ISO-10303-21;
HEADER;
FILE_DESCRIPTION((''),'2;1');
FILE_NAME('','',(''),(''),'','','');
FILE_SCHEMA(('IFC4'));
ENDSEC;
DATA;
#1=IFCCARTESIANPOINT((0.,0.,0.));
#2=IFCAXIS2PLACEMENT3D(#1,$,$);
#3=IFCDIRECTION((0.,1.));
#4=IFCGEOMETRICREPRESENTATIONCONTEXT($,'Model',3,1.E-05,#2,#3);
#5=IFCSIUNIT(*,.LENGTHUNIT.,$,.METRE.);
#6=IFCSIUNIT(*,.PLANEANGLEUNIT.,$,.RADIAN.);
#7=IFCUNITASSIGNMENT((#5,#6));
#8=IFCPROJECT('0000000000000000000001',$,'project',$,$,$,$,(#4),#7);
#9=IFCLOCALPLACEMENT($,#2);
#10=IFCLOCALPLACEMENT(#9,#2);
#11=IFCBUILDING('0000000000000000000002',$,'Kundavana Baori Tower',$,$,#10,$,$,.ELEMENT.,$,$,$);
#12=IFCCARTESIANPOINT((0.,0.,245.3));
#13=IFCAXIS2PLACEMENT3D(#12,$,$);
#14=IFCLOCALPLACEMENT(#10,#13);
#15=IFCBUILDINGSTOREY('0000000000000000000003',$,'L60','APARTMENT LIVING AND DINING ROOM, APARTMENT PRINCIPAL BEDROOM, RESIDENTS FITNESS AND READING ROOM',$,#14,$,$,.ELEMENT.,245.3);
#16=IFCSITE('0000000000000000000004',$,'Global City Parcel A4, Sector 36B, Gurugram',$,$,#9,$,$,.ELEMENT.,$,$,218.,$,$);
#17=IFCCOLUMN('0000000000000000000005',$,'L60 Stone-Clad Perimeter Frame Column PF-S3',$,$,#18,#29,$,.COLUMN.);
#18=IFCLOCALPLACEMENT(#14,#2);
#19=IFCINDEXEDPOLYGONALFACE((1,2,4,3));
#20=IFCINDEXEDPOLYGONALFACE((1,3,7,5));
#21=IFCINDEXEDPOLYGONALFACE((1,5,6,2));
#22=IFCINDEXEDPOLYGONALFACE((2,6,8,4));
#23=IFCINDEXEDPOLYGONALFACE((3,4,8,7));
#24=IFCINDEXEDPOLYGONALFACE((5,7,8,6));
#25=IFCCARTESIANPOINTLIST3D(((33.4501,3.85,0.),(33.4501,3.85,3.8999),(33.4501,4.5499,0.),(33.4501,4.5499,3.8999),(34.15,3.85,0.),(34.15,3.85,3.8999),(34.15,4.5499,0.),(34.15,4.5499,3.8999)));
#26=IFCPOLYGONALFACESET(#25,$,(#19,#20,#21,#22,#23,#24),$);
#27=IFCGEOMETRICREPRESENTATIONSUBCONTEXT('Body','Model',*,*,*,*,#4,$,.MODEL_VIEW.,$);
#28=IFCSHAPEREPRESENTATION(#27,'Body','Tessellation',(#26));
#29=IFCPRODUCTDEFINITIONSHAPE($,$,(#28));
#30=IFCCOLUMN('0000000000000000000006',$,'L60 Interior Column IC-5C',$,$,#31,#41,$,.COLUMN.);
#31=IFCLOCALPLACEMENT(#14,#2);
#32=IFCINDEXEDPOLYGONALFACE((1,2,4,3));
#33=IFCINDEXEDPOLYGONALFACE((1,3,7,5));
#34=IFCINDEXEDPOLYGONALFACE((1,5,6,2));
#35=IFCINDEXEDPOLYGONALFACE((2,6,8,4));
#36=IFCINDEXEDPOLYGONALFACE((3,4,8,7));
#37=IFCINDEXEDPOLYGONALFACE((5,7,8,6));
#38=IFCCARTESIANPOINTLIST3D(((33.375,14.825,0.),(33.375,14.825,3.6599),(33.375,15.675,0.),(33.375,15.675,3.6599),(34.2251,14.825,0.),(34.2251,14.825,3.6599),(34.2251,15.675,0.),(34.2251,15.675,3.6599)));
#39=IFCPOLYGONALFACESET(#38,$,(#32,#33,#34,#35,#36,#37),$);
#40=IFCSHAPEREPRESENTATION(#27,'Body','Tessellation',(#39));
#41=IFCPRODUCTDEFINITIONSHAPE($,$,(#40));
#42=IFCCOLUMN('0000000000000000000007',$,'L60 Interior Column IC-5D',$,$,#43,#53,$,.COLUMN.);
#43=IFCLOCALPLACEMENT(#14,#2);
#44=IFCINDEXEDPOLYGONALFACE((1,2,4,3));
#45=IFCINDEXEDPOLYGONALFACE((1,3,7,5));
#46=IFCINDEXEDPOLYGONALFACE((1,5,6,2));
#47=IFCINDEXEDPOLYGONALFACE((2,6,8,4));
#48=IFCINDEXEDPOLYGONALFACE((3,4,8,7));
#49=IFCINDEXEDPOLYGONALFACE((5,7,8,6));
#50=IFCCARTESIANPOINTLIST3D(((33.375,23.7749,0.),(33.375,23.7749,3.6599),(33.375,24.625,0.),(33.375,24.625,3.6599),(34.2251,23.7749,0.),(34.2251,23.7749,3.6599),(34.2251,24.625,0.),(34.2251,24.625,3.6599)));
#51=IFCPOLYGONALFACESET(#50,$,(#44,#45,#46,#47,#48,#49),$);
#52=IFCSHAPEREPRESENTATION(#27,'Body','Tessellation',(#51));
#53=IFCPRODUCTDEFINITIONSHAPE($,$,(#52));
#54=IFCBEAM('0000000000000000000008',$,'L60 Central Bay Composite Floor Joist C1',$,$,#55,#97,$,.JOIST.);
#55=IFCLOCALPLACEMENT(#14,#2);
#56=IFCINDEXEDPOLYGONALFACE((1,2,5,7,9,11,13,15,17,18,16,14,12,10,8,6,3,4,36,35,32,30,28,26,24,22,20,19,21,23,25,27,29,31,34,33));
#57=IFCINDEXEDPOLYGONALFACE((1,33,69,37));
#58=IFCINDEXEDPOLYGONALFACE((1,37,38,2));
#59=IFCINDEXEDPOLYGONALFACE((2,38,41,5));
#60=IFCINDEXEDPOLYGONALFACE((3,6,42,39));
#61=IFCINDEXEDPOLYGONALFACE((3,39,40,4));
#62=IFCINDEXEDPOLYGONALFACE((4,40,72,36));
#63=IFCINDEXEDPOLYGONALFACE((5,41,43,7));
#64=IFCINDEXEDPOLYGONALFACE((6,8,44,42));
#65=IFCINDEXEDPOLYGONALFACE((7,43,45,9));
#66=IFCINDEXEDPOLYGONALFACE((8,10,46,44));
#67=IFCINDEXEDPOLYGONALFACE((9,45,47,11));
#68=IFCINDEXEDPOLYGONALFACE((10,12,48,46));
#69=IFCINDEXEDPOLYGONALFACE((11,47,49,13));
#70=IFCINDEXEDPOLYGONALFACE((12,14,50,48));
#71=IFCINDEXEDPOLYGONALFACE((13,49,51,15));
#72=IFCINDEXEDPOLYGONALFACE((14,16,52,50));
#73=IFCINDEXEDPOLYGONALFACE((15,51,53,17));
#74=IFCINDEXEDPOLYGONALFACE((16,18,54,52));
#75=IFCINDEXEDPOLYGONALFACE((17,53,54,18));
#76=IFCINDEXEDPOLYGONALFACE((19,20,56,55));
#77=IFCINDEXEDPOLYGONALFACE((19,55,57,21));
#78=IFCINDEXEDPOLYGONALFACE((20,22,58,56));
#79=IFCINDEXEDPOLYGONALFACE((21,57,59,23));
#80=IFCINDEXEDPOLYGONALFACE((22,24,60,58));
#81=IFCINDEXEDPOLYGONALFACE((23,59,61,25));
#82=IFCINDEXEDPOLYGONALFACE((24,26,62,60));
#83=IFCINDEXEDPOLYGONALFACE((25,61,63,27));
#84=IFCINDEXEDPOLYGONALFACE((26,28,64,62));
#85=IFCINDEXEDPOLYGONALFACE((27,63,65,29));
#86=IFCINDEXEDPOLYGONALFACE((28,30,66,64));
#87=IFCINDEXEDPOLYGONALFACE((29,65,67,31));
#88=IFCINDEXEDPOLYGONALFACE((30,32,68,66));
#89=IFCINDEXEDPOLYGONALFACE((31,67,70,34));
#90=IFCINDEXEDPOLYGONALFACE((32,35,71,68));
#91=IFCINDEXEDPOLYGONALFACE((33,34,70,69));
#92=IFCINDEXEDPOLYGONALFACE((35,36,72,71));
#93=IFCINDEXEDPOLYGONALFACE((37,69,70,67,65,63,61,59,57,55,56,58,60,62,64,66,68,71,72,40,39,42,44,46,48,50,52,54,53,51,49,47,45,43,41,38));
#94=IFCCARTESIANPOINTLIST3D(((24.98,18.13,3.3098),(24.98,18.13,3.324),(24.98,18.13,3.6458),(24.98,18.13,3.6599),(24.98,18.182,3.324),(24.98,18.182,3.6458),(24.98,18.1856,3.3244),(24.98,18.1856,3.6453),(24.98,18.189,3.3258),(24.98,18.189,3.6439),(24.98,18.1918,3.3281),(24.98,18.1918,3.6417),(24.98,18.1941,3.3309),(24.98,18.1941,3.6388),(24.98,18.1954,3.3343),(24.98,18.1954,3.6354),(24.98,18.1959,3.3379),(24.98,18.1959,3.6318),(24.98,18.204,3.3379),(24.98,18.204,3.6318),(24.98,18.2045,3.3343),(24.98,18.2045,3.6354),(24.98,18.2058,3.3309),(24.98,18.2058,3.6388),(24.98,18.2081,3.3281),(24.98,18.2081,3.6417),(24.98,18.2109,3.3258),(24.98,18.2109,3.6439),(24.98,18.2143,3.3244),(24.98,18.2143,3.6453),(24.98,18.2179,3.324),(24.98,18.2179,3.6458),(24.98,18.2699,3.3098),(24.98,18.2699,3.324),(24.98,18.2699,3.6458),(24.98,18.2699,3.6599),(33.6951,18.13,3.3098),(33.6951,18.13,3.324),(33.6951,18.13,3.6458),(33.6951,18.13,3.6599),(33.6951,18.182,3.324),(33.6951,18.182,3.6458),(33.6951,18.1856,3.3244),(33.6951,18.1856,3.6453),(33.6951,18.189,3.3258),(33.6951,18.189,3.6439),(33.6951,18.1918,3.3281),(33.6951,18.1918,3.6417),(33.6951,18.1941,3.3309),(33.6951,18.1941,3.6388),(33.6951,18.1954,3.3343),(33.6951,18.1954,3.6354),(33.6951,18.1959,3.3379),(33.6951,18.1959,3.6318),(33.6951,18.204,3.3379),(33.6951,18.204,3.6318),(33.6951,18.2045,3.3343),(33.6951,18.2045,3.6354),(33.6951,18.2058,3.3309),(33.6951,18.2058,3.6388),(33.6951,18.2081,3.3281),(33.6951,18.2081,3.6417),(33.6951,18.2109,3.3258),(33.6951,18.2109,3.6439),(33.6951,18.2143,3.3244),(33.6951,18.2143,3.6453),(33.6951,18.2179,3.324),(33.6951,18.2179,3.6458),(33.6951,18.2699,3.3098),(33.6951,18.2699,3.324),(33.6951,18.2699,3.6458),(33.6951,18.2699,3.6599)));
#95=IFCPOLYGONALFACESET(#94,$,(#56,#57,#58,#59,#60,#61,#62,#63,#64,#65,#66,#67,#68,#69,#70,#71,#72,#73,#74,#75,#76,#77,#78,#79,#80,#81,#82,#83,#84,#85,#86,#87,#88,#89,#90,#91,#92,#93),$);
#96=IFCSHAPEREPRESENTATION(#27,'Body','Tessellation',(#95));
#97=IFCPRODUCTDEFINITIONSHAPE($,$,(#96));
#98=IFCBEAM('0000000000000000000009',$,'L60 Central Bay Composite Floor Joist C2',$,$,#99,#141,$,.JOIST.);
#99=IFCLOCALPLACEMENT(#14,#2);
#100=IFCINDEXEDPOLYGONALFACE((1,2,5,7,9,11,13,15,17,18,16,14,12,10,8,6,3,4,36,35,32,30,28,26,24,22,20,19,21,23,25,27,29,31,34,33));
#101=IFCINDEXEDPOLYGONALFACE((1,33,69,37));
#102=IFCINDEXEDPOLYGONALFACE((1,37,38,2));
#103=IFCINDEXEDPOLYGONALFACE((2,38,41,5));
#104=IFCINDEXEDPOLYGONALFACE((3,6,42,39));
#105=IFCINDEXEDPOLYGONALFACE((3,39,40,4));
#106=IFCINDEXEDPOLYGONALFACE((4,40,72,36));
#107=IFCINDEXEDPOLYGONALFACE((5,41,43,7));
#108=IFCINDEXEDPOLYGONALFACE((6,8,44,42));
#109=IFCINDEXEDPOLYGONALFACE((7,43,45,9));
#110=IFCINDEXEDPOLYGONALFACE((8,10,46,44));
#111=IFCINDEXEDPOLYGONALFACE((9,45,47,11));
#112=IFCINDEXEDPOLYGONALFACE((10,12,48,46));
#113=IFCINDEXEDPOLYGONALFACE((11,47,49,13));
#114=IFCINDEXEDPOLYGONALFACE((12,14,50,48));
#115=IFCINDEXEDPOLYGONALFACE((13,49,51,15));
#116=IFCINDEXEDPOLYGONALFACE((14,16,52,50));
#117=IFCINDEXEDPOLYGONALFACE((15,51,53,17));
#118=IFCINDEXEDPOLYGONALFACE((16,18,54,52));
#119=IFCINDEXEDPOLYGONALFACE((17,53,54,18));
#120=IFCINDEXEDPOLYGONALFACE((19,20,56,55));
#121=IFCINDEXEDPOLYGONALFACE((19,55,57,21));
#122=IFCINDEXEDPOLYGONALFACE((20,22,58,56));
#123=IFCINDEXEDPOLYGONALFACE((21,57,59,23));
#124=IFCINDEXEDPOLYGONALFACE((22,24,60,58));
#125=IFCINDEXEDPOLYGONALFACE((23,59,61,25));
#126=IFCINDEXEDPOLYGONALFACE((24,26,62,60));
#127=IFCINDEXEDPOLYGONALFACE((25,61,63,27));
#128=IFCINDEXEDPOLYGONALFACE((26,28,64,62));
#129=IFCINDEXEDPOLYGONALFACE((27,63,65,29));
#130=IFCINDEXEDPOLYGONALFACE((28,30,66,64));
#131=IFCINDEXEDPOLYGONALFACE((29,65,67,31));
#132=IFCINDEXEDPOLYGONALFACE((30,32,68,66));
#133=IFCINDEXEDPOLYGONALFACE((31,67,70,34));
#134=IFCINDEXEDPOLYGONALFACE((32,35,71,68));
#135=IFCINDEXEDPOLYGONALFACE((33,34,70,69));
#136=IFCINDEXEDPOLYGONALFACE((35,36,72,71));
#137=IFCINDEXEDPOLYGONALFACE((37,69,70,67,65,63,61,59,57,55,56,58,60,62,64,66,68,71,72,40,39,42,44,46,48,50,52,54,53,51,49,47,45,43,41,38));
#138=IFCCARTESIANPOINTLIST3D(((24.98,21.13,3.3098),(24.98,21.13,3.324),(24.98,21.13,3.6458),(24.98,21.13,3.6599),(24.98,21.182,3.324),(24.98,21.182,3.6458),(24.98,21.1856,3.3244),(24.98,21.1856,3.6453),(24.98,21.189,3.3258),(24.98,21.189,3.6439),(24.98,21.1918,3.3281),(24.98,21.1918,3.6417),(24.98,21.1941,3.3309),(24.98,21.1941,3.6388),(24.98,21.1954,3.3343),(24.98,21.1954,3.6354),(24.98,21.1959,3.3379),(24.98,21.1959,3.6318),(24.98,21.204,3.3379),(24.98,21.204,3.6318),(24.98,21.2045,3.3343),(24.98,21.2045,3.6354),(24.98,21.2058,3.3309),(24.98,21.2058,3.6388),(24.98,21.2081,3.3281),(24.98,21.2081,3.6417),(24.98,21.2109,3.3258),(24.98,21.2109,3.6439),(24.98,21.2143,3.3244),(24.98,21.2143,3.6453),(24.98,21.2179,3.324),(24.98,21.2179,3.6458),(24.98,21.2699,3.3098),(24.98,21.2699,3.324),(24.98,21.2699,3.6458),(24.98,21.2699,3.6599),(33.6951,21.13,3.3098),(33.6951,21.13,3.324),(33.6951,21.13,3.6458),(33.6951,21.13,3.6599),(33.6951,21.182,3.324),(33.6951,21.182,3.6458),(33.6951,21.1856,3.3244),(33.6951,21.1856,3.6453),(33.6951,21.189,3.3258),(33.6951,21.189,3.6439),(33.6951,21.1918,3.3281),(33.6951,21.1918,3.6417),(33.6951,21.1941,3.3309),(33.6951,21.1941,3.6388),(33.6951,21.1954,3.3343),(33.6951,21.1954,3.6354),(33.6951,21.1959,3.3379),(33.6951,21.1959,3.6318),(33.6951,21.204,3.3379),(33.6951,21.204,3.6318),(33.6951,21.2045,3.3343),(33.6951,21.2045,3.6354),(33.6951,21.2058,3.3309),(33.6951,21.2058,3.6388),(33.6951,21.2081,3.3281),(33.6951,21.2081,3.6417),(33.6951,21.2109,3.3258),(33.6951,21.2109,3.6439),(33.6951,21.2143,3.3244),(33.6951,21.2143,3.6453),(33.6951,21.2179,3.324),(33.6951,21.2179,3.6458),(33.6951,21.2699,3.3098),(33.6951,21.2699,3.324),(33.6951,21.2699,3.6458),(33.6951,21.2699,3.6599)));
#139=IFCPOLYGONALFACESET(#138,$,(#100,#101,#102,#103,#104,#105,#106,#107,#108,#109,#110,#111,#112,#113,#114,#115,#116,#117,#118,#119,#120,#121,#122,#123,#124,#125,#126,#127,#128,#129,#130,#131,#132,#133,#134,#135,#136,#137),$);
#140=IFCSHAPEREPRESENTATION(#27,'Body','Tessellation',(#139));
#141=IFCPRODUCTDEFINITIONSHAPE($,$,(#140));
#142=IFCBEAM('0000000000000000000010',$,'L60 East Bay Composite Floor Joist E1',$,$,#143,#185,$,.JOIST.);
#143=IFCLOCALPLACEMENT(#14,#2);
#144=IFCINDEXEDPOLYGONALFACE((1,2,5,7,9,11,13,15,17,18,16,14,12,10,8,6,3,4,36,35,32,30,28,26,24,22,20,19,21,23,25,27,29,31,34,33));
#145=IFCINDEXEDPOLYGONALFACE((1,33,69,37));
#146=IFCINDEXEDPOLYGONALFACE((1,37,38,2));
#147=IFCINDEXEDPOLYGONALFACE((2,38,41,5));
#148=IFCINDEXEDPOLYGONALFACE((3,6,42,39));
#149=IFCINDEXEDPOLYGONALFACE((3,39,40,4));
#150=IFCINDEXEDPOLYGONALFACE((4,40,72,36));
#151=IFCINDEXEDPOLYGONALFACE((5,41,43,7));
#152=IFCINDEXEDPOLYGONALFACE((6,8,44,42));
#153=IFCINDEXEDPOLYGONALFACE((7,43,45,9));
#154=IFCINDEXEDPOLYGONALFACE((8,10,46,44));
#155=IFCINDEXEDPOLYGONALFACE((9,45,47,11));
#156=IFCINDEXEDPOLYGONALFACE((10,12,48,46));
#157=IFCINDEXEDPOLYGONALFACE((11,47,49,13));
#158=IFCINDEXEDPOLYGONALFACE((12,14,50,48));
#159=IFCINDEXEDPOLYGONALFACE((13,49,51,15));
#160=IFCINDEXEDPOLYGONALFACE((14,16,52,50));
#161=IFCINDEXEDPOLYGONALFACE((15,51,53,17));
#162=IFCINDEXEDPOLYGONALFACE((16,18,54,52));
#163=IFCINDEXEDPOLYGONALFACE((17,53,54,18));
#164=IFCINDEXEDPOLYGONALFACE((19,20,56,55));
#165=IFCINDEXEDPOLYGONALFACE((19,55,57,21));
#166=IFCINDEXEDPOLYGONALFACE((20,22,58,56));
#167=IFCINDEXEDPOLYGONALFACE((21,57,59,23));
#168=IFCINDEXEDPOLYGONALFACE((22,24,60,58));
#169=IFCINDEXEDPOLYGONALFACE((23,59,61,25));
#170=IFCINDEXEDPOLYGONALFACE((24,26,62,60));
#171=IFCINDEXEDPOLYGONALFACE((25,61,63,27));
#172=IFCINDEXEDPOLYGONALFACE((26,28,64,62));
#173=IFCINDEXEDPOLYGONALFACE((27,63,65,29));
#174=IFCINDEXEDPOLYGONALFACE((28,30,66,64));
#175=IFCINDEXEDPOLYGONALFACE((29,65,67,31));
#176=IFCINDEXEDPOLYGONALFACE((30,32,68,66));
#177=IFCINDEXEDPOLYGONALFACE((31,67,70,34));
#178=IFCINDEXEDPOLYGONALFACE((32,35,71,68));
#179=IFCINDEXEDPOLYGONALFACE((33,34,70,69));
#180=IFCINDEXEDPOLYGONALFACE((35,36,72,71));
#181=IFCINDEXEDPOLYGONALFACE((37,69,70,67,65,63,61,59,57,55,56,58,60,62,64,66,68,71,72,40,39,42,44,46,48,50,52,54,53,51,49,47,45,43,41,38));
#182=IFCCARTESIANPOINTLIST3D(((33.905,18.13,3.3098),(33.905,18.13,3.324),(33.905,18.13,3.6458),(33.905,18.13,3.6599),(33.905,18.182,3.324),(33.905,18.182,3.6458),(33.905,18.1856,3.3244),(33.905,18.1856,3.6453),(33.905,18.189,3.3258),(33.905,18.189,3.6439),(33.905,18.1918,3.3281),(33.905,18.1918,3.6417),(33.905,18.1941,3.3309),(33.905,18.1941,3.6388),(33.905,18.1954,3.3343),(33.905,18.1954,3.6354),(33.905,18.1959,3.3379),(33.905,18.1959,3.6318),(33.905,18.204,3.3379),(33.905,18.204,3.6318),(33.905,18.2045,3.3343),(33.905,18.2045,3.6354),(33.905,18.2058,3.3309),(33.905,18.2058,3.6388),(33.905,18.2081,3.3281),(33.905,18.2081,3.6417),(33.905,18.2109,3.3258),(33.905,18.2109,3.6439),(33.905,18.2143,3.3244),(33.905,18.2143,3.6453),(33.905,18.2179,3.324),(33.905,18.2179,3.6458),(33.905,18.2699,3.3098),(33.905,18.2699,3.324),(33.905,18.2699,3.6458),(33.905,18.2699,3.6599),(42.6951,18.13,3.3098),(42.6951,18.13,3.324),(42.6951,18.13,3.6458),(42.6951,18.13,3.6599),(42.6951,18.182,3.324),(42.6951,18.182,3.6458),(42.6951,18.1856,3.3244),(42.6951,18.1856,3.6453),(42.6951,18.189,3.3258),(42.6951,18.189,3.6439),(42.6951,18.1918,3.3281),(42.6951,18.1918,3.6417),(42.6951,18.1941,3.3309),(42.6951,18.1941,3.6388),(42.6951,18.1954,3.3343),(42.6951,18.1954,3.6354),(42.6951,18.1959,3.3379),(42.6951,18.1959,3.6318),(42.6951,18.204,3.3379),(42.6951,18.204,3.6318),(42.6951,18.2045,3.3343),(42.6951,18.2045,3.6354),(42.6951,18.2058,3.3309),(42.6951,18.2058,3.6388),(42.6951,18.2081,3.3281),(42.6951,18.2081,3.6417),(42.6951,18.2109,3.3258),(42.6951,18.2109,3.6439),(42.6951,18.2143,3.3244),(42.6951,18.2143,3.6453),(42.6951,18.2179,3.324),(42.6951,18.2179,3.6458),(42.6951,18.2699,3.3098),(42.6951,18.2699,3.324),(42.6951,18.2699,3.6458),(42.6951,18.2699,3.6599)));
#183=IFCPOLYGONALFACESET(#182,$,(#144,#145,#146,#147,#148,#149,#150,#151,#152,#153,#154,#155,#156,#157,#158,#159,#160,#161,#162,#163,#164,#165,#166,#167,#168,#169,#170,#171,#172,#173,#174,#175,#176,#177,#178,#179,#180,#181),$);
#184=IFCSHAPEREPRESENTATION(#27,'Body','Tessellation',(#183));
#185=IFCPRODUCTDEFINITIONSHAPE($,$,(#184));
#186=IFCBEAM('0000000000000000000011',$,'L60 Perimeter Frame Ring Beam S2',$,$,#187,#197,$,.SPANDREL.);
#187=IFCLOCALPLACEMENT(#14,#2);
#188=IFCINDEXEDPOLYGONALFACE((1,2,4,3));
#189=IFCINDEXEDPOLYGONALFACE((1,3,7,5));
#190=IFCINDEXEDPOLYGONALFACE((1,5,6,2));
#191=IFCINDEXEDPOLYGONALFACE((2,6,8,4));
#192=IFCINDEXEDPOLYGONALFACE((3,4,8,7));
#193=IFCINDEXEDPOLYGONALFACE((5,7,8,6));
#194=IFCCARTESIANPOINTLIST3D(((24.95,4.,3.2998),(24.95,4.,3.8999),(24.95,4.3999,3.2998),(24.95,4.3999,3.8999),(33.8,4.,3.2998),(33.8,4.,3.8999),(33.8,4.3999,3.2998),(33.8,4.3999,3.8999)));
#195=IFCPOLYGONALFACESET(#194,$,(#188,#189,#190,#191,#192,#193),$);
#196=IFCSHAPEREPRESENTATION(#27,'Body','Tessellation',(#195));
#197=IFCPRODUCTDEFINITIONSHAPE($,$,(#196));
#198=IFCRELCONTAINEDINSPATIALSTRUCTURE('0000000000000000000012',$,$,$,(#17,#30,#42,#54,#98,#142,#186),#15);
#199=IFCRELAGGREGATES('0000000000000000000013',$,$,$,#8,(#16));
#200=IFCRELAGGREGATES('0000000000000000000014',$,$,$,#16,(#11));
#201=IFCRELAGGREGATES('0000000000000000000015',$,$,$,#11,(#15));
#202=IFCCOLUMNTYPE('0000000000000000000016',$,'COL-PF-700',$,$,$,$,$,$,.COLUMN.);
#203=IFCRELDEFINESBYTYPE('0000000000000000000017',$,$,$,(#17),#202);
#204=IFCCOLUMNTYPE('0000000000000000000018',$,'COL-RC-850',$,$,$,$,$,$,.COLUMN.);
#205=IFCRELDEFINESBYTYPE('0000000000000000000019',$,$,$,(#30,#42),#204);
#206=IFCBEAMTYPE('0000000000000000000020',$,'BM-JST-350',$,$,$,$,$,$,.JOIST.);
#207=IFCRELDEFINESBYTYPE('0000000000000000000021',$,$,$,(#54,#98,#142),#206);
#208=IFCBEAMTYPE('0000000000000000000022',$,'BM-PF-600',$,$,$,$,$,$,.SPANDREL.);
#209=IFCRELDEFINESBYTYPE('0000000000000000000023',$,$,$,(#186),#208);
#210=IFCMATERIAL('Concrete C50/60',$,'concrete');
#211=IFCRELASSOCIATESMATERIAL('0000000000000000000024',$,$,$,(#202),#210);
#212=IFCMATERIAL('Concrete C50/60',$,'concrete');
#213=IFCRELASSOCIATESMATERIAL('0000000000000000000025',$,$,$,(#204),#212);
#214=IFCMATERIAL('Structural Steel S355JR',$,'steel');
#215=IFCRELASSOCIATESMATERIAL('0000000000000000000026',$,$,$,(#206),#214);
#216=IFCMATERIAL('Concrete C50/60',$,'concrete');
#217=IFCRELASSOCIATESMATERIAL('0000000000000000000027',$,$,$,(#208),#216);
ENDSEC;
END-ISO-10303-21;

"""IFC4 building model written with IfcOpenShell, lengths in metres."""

from ifc_helpers import new_model, si_unit, direction, frame, origin, origin_2d, place, context, subcontext, project, spatial, rectangle, i_section, extrude, material, material_profile, profile_set, type_object, element, save


model = new_model("IFC4")

# Units and contexts
model_context = context("Model", 3, precision=1e-05, world=origin(), true_north=direction((0.0, 1.0)))
body_context = subcontext(model_context, "Body", "Model", "MODEL_VIEW")
ifc_project = project(units=[si_unit("LENGTHUNIT", "METRE"), si_unit("PLANEANGLEUNIT", "RADIAN")], contexts=[model_context])

# Site, building, storey
site_placement = place(None, origin())
site = spatial("IfcSite", under=ifc_project, at=site_placement, Name="Global City Parcel A4, Sector 36B, Gurugram", CompositionType="ELEMENT", RefElevation=218.0)
building_placement = place(site_placement, origin())
building = spatial("IfcBuilding", under=site, at=building_placement, Name="Kundavana Baori Tower", CompositionType="ELEMENT")
storey_placement = place(building_placement, frame((0.0, 0.0, 245.3)))
storey = spatial("IfcBuildingStorey", under=building, at=storey_placement, Name="L60", Description="APARTMENT LIVING AND DINING ROOM, APARTMENT PRINCIPAL BEDROOM, RESIDENTS FITNESS AND READING ROOM", CompositionType="ELEMENT", Elevation=245.3)

# Columns
ifc_material_1 = material(Name="Concrete C50/60", Category="concrete")
ifc_material_profile_1 = material_profile(ifc_material_1, rectangle(XDim=0.7, YDim=0.7, at=origin_2d()), Name="RC PF 700x700")
ifc_profile_set_1 = profile_set([ifc_material_profile_1], Name="Concrete C50/60")
column_type_1 = type_object("IfcColumnType", Name="COL-PF-700", PredefinedType="COLUMN", material=ifc_profile_set_1)
column_placement = place(storey_placement, frame((33.8, 4.2, 0.0), z_axis=(0.0, 0.0, 1.0), x_axis=(1.0, 0.0, 0.0)))
element("IfcColumn", 1, at=column_placement, inside=storey, type_object=column_type_1, Name="L60 Stone-Clad Perimeter Frame Column PF-S3", PredefinedType="COLUMN", context=body_context, shape_type="SweptSolid", body=[
    extrude(rectangle(XDim=0.7, YDim=0.7, at=origin_2d()), origin(), (0.0, 0.0, 1.0), 3.8999),
])
ifc_material_2 = material(Name="Concrete C50/60", Category="concrete")
ifc_material_profile_2 = material_profile(ifc_material_2, rectangle(XDim=0.8501, YDim=0.8501, at=origin_2d()), Name="RC 850x850")
ifc_profile_set_2 = profile_set([ifc_material_profile_2], Name="Concrete C50/60")
column_type_2 = type_object("IfcColumnType", Name="COL-RC-850", PredefinedType="COLUMN", material=ifc_profile_set_2)
for number, where, z_axis, x_axis, name in (
    (2, (33.8, 15.25, 0.0), (0.0, 0.0, 1.0), (1.0, 0.0, 0.0), "L60 Interior Column IC-5C"),
    (3, (33.8, 24.2, 0.0), (0.0, 0.0, 1.0), (1.0, 0.0, 0.0), "L60 Interior Column IC-5D"),
):
    element("IfcColumn", number, at=place(storey_placement, frame(where, z_axis=z_axis, x_axis=x_axis)), inside=storey, type_object=column_type_2, Name=name, PredefinedType="COLUMN", context=body_context, shape_type="SweptSolid", body=[
        extrude(rectangle(XDim=0.8501, YDim=0.8501, at=origin_2d()), origin(), (0.0, 0.0, 1.0), 3.6599),
    ])

# Beams
ifc_material_3 = material(Name="Structural Steel S355JR", Category="steel")
ifc_material_profile_3 = material_profile(ifc_material_3, i_section(OverallWidth=0.1399, OverallDepth=0.3501, WebThickness=0.0081, FlangeThickness=0.0142, FilletRadius=0.0139, at=origin_2d()), Name="ISMB 350")
ifc_profile_set_3 = profile_set([ifc_material_profile_3], Name="Structural Steel S355JR")
beam_type_1 = type_object("IfcBeamType", Name="BM-JST-350", PredefinedType="JOIST", material=ifc_profile_set_3)
for number, where, z_axis, x_axis, name in (
    (4, (24.98, 18.2, 3.4849), (1.0, 0.0, 0.0), (0.0, 1.0, 0.0), "L60 Central Bay Composite Floor Joist C1"),
    (5, (24.98, 21.2, 3.4849), (1.0, 0.0, 0.0), (0.0, 1.0, 0.0), "L60 Central Bay Composite Floor Joist C2"),
):
    element("IfcBeam", number, at=place(storey_placement, frame(where, z_axis=z_axis, x_axis=x_axis)), inside=storey, type_object=beam_type_1, Name=name, PredefinedType="JOIST", context=body_context, shape_type="SweptSolid", body=[
        extrude(i_section(OverallWidth=0.1399, OverallDepth=0.3501, WebThickness=0.0081, FlangeThickness=0.0142, FilletRadius=0.0139, at=origin_2d()), origin(), (0.0, 0.0, 1.0), 8.7151),
    ])
beam_1_placement = place(storey_placement, frame((33.905, 18.2, 3.4849), z_axis=(1.0, 0.0, 0.0), x_axis=(0.0, 1.0, 0.0)))
element("IfcBeam", 6, at=beam_1_placement, inside=storey, type_object=beam_type_1, Name="L60 East Bay Composite Floor Joist E1", PredefinedType="JOIST", context=body_context, shape_type="SweptSolid", body=[
    extrude(i_section(OverallWidth=0.1399, OverallDepth=0.3501, WebThickness=0.0081, FlangeThickness=0.0142, FilletRadius=0.0139, at=origin_2d()), origin(), (0.0, 0.0, 1.0), 8.79),
])
ifc_material_4 = material(Name="Concrete C50/60", Category="concrete")
ifc_material_profile_4 = material_profile(ifc_material_4, rectangle(XDim=0.3999, YDim=0.6001, at=origin_2d()), Name="RC BM 400x600")
ifc_profile_set_4 = profile_set([ifc_material_profile_4], Name="Concrete C50/60")
beam_type_2 = type_object("IfcBeamType", Name="BM-PF-600", PredefinedType="SPANDREL", material=ifc_profile_set_4)
beam_2_placement = place(storey_placement, frame((24.95, 4.2, 3.5999), z_axis=(1.0, 0.0, 0.0), x_axis=(0.0, 1.0, 0.0)))
element("IfcBeam", 7, at=beam_2_placement, inside=storey, type_object=beam_type_2, Name="L60 Perimeter Frame Ring Beam S2", PredefinedType="SPANDREL", context=body_context, shape_type="SweptSolid", body=[
    extrude(rectangle(XDim=0.3999, YDim=0.6001, at=origin_2d()), origin(), (0.0, 0.0, 1.0), 8.8501),
])

save(model, "model.ifc")
